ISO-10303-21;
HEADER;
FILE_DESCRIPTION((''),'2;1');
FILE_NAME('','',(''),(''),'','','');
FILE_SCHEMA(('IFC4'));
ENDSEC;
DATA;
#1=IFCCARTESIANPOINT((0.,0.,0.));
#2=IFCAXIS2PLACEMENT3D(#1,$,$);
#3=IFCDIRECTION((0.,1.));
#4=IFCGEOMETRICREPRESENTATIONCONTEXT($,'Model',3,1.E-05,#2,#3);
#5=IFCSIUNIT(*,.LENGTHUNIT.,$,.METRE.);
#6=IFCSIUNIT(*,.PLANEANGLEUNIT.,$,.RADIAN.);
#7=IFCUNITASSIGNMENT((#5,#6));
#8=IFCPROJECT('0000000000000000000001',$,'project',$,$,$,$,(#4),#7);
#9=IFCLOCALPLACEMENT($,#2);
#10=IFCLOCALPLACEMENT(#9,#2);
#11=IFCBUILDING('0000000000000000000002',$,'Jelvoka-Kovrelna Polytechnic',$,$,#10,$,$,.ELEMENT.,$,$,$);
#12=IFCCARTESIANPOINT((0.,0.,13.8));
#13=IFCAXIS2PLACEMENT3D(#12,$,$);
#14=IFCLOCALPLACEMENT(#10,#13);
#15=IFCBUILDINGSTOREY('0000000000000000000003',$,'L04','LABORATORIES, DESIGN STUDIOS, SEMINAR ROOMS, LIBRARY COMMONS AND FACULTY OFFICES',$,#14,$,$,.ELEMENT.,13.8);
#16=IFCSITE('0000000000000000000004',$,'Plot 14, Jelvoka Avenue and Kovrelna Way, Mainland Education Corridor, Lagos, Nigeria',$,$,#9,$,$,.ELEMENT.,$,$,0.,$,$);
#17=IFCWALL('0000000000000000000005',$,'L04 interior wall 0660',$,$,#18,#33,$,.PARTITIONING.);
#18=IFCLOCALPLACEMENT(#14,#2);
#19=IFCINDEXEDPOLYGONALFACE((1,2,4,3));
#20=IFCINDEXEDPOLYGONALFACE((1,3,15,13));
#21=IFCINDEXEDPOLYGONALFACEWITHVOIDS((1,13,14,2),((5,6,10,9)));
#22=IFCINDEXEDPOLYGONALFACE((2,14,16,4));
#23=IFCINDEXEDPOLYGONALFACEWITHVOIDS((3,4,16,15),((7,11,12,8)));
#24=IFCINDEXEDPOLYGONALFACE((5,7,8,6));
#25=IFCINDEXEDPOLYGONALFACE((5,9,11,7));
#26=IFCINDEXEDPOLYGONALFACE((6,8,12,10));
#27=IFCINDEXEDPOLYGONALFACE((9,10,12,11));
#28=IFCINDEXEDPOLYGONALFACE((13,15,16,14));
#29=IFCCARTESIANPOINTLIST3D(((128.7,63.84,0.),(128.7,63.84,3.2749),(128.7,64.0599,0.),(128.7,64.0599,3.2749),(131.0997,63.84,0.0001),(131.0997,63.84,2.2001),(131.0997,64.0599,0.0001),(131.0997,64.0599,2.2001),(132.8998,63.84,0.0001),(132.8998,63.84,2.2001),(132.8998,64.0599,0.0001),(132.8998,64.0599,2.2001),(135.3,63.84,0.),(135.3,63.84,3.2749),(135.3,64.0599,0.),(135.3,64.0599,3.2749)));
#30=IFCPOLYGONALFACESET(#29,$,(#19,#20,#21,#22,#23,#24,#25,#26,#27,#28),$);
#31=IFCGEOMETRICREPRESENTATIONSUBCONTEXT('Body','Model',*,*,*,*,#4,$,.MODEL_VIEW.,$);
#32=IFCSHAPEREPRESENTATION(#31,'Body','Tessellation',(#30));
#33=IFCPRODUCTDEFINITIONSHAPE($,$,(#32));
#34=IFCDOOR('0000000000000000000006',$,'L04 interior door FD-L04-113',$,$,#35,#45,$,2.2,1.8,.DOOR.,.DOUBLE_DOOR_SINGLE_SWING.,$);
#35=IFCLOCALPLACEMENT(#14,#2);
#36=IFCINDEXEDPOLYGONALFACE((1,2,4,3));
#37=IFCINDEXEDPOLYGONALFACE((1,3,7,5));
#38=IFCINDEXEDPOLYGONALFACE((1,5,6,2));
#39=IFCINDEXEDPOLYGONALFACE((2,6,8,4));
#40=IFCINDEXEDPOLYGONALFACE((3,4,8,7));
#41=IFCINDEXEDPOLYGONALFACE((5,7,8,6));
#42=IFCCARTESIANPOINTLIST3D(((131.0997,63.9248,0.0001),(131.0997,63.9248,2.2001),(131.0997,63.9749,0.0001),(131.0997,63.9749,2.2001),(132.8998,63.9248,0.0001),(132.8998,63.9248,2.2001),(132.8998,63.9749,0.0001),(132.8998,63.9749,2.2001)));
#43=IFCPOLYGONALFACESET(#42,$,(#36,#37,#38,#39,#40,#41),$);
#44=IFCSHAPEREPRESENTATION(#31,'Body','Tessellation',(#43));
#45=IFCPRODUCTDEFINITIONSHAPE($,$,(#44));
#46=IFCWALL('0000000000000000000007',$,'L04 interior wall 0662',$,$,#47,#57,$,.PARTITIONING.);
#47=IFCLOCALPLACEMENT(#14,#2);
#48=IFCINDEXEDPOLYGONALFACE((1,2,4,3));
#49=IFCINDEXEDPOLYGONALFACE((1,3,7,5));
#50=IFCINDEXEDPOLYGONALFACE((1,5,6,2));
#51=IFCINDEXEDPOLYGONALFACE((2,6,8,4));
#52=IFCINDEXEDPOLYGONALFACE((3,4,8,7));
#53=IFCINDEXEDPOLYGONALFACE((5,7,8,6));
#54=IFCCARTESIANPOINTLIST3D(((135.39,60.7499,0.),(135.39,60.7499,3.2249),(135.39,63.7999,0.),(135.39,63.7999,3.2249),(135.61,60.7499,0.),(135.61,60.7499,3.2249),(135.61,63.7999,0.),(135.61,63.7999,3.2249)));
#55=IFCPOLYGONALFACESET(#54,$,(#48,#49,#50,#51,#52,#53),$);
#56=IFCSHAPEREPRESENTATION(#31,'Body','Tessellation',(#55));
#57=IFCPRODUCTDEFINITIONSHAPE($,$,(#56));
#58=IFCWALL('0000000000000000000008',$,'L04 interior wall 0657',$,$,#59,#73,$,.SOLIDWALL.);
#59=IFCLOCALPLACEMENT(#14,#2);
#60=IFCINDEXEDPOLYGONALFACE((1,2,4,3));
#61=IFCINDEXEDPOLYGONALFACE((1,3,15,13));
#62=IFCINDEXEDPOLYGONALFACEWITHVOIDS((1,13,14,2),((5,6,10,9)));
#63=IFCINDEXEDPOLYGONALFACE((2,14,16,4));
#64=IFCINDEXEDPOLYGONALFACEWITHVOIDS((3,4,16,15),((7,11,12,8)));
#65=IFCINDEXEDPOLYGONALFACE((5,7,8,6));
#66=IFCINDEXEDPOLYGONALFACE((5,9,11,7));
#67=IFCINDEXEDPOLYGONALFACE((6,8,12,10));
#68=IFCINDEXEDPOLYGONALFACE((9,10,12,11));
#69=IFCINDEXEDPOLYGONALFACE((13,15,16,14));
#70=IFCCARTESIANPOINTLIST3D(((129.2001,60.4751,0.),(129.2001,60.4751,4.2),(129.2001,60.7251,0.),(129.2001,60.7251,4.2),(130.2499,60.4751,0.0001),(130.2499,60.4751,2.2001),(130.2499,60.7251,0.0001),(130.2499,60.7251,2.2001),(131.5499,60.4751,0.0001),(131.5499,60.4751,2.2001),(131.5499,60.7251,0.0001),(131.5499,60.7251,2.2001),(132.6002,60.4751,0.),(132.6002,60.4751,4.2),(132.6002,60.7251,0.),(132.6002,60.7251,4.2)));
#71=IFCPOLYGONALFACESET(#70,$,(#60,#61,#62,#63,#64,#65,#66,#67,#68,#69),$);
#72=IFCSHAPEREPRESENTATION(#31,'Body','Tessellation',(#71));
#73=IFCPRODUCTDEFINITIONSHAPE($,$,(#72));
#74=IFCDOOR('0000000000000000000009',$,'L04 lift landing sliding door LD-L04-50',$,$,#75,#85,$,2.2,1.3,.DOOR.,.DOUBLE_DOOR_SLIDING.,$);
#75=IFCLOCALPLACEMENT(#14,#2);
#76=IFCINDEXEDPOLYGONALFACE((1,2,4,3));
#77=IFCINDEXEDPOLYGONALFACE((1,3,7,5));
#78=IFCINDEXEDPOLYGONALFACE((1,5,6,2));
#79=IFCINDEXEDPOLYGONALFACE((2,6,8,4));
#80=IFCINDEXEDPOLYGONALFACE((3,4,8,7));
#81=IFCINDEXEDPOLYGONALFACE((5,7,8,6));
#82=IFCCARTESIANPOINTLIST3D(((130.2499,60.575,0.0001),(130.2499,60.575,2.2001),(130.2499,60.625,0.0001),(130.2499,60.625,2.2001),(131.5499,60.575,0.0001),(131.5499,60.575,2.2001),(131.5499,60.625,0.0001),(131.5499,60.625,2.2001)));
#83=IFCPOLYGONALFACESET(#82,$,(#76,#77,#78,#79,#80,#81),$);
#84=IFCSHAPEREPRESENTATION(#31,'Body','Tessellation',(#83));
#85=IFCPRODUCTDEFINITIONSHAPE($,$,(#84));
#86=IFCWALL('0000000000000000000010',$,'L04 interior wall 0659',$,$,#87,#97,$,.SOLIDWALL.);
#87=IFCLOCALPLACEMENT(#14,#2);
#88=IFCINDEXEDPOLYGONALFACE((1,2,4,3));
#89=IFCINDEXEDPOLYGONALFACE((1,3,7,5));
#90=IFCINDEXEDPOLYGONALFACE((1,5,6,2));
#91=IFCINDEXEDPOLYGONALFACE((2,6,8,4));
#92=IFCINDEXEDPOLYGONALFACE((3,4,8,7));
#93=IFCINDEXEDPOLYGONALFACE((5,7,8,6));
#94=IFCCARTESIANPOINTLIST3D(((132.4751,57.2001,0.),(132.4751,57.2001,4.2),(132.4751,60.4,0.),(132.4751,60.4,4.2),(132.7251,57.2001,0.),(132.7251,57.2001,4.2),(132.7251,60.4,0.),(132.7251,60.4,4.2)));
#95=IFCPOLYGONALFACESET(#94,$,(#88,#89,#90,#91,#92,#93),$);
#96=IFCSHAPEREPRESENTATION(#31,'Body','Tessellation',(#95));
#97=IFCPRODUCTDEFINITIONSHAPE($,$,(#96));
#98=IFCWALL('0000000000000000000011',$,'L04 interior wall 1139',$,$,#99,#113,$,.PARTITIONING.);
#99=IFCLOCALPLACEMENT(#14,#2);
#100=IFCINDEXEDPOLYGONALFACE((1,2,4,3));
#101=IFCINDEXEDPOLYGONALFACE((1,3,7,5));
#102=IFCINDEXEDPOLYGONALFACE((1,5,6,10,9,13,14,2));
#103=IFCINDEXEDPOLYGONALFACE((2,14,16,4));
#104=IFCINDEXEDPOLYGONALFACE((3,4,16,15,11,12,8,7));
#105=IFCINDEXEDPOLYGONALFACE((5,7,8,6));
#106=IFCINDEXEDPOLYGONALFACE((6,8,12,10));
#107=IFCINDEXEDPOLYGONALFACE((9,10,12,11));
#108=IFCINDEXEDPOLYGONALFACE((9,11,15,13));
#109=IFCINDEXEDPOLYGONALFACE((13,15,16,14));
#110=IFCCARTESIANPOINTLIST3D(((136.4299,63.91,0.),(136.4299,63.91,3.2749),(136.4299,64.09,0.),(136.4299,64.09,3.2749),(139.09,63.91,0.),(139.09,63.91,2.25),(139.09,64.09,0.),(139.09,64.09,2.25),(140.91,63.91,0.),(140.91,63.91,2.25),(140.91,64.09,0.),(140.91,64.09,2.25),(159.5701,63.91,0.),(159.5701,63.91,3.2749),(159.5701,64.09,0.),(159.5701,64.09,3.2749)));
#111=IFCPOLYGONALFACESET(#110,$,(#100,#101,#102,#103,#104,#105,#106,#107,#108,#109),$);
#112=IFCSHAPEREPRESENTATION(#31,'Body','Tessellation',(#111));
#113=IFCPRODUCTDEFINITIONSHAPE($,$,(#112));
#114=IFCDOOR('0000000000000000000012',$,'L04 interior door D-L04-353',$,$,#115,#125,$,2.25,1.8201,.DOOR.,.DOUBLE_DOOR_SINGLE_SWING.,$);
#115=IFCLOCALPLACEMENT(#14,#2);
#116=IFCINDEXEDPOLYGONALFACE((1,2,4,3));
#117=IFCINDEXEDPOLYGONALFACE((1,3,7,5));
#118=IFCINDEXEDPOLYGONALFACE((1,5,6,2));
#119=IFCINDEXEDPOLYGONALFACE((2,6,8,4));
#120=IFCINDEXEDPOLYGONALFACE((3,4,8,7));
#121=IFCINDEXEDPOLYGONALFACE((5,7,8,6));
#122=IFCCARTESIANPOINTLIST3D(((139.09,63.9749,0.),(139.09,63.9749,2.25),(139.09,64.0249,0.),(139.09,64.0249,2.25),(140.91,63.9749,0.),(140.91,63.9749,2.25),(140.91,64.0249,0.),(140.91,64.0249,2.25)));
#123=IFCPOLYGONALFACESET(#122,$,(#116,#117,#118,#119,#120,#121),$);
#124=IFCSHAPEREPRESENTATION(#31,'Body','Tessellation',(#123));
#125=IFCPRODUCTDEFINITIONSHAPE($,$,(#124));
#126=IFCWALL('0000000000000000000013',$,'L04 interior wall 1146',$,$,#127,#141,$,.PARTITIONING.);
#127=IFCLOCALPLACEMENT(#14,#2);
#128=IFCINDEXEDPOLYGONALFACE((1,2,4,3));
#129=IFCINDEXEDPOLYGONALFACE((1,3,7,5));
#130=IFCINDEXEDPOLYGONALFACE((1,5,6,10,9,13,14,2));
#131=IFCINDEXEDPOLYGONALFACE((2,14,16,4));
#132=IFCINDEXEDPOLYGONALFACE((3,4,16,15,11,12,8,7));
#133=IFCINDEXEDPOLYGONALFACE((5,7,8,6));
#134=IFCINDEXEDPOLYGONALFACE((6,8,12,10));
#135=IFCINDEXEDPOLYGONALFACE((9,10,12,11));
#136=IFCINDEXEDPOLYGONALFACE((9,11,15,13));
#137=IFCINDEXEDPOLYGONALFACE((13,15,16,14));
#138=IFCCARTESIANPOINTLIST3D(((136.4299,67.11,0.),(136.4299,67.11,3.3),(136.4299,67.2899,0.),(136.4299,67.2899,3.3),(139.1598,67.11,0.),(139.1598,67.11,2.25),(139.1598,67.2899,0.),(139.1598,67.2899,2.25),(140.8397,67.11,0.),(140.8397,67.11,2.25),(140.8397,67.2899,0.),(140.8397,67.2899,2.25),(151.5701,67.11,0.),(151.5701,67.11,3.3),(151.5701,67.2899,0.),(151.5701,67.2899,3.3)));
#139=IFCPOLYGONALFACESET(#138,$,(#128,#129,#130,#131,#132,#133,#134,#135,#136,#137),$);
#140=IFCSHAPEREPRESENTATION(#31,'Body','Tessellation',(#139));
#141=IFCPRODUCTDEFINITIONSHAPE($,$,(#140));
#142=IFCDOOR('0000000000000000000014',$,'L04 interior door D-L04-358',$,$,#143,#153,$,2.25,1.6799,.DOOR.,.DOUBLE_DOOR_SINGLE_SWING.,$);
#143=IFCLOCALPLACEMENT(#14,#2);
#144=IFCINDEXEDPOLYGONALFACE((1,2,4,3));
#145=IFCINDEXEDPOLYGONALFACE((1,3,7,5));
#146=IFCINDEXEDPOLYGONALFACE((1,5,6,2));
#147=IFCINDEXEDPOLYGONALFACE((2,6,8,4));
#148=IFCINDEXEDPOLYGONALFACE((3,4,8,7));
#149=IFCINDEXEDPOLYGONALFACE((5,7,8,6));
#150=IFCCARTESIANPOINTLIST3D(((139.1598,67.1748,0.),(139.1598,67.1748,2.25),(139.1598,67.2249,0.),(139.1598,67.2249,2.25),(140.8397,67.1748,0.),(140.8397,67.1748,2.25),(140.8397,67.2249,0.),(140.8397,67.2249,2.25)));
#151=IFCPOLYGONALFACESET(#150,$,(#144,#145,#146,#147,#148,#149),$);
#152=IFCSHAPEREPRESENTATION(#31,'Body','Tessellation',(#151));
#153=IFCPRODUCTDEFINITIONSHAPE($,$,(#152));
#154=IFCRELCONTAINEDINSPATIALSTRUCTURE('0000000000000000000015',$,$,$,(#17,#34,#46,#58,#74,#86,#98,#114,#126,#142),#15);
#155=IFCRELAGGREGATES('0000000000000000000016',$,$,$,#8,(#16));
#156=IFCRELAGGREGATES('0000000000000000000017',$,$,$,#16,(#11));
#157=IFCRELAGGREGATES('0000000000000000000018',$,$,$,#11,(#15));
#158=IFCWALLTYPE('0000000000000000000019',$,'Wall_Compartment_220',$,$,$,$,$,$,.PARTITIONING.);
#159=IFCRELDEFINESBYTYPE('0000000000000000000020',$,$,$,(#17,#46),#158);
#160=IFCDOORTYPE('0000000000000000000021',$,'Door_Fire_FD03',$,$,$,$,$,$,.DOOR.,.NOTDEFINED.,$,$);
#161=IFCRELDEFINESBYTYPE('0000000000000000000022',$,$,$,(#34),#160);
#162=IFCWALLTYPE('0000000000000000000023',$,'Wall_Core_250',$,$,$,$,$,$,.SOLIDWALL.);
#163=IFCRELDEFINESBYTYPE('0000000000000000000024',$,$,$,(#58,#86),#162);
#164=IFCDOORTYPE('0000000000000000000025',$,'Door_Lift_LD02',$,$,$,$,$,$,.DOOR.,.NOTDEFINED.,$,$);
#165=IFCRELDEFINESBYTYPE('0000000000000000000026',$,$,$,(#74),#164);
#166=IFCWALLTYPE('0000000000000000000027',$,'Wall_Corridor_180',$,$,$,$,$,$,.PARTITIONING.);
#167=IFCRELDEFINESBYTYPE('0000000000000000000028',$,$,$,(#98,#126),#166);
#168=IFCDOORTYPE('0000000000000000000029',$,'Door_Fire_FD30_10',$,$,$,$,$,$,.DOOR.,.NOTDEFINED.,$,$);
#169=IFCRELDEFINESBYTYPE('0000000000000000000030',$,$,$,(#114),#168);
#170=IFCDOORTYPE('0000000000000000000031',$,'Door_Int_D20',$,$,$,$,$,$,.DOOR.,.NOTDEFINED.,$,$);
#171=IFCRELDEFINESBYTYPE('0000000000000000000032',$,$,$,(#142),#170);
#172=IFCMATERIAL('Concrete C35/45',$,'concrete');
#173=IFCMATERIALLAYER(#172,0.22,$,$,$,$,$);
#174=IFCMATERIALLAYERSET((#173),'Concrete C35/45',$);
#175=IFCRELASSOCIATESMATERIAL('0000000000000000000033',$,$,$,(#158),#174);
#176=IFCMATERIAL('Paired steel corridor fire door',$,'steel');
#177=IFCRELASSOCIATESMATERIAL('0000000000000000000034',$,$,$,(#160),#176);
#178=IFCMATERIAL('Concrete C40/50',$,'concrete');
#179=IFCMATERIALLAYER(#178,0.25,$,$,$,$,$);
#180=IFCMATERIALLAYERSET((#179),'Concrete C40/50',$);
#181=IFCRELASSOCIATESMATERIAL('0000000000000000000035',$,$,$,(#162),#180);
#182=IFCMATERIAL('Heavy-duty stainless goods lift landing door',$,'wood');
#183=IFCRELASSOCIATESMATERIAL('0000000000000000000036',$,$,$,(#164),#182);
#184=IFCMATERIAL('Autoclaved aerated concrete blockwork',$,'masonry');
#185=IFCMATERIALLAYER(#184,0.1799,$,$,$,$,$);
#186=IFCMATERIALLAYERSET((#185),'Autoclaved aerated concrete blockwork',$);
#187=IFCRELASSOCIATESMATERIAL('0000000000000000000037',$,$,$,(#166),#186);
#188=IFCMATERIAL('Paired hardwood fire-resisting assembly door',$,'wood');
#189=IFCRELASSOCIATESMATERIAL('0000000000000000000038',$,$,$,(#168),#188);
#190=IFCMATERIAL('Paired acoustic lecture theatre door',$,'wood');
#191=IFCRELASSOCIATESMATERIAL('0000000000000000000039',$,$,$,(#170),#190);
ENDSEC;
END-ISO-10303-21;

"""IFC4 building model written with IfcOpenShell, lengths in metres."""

from ifc_helpers import new_model, si_unit, direction, frame, frame_2d, origin, place, context, subcontext, project, spatial, rectangle, extrude, material, layer, layer_set, type_object, element, fill, save


model = new_model("IFC4")

# Units and contexts
model_context = context("Model", 3, precision=1e-05, world=origin(), true_north=direction((0.0, 1.0)))
body_context = subcontext(model_context, "Body", "Model", "MODEL_VIEW")
ifc_project = project(units=[si_unit("LENGTHUNIT", "METRE"), si_unit("PLANEANGLEUNIT", "RADIAN")], contexts=[model_context])

# Site, building, storey
site_placement = place(None, origin())
site = spatial("IfcSite", under=ifc_project, at=site_placement, Name="Plot 14, Jelvoka Avenue and Kovrelna Way, Mainland Education Corridor, Lagos, Nigeria", CompositionType="ELEMENT", RefElevation=0.0)
building_placement = place(site_placement, origin())
building = spatial("IfcBuilding", under=site, at=building_placement, Name="Jelvoka-Kovrelna Polytechnic", CompositionType="ELEMENT")
storey_placement = place(building_placement, frame((0.0, 0.0, 13.8)))
storey = spatial("IfcBuildingStorey", under=building, at=storey_placement, Name="L04", Description="LABORATORIES, DESIGN STUDIOS, SEMINAR ROOMS, LIBRARY COMMONS AND FACULTY OFFICES", CompositionType="ELEMENT", Elevation=13.8)

# Wall, opening, door
ifc_material_1 = material(Name="Concrete C35/45", Category="concrete")
ifc_layer_1 = layer(ifc_material_1, 0.22)
ifc_layer_set_1 = layer_set([ifc_layer_1], Name="Concrete C35/45")
wall_type_1 = type_object("IfcWallType", Name="Wall_Compartment_220", PredefinedType="PARTITIONING", material=ifc_layer_set_1)
wall_1_placement = place(storey_placement, frame((128.7, 63.95, 0.0), z_axis=(0.0, 0.0, 1.0), x_axis=(1.0, 0.0, 0.0)))
wall_1 = element("IfcWall", 1, at=wall_1_placement, inside=storey, type_object=wall_type_1, Name="L04 interior wall 0660", PredefinedType="PARTITIONING", context=body_context, shape_type="SweptSolid", body=[
    extrude(rectangle(XDim=6.6001, YDim=0.22, at=frame_2d((3.3, 0.0))), origin(), (0.0, 0.0, 1.0), 3.2749),
])
opening_1_placement = place(wall_1_placement, frame((2.3999, 0.0, 0.0)))
opening_1 = element("IfcOpeningElement", 2, at=opening_1_placement, cuts=wall_1, PredefinedType="OPENING", context=body_context, shape_type="SweptSolid", body=[
    extrude(rectangle(XDim=1.8, YDim=2.2, at=frame_2d((0.8999, 1.1001))), frame((0.0, 0.1199, 0.0), z_axis=(0.0, -1.0, 0.0), x_axis=(1.0, 0.0, 0.0)), (0.0, 0.0, 1.0), 0.24),
])
ifc_material_2 = material(Name="Paired steel corridor fire door", Category="steel")
door_type_1 = type_object("IfcDoorType", Name="Door_Fire_FD03", OperationType="NOTDEFINED", PredefinedType="DOOR", material=ifc_material_2)
door_1_placement = place(opening_1_placement, origin())
door_1 = element("IfcDoor", 3, at=door_1_placement, inside=storey, type_object=door_type_1, Name="L04 interior door FD-L04-113", OperationType="DOUBLE_DOOR_SINGLE_SWING", OverallHeight=2.2, OverallWidth=1.8, PredefinedType="DOOR", context=body_context, shape_type="SweptSolid", body=[
    extrude(rectangle(XDim=1.8, YDim=2.2, at=frame_2d((0.8999, 1.1001))), frame((0.0, 0.0249, 0.0), z_axis=(0.0, -1.0, 0.0), x_axis=(1.0, 0.0, 0.0)), (0.0, 0.0, 1.0), 0.05),
])
fill(opening_1, door_1)

# Wall
wall_2_placement = place(storey_placement, frame((135.5, 60.75, 0.0), z_axis=(0.0, 0.0, 1.0), x_axis=(0.0, 1.0, 0.0)))
element("IfcWall", 4, at=wall_2_placement, inside=storey, type_object=wall_type_1, Name="L04 interior wall 0662", PredefinedType="PARTITIONING", context=body_context, shape_type="SweptSolid", body=[
    extrude(rectangle(XDim=3.05, YDim=0.22, at=frame_2d((1.5249, 0.0))), origin(), (0.0, 0.0, 1.0), 3.2249),
])

# Wall, opening, door
ifc_material_3 = material(Name="Concrete C40/50", Category="concrete")
ifc_layer_2 = layer(ifc_material_3, 0.25)
ifc_layer_set_2 = layer_set([ifc_layer_2], Name="Concrete C40/50")
wall_type_2 = type_object("IfcWallType", Name="Wall_Core_250", PredefinedType="SOLIDWALL", material=ifc_layer_set_2)
wall_3_placement = place(storey_placement, frame((129.2, 60.6001, 0.0), z_axis=(0.0, 0.0, 1.0), x_axis=(1.0, 0.0, 0.0)))
wall_3 = element("IfcWall", 5, at=wall_3_placement, inside=storey, type_object=wall_type_2, Name="L04 interior wall 0657", PredefinedType="SOLIDWALL", context=body_context, shape_type="SweptSolid", body=[
    extrude(rectangle(XDim=3.4001, YDim=0.25, at=frame_2d((1.7002, 0.0))), origin(), (0.0, 0.0, 1.0), 4.2),
])
opening_2_placement = place(wall_3_placement, frame((1.05, 0.0, 0.0)))
opening_2 = element("IfcOpeningElement", 6, at=opening_2_placement, cuts=wall_3, PredefinedType="OPENING", context=body_context, shape_type="SweptSolid", body=[
    extrude(rectangle(XDim=1.3, YDim=2.2, at=frame_2d((0.6499, 1.1001))), frame((0.0, 0.135, 0.0), z_axis=(0.0, -1.0, 0.0), x_axis=(1.0, 0.0, 0.0)), (0.0, 0.0, 1.0), 0.27),
])
ifc_material_4 = material(Name="Heavy-duty stainless goods lift landing door", Category="wood")
door_type_2 = type_object("IfcDoorType", Name="Door_Lift_LD02", OperationType="NOTDEFINED", PredefinedType="DOOR", material=ifc_material_4)
door_2_placement = place(opening_2_placement, origin())
door_2 = element("IfcDoor", 7, at=door_2_placement, inside=storey, type_object=door_type_2, Name="L04 lift landing sliding door LD-L04-50", OperationType="DOUBLE_DOOR_SLIDING", OverallHeight=2.2, OverallWidth=1.3, PredefinedType="DOOR", context=body_context, shape_type="SweptSolid", body=[
    extrude(rectangle(XDim=1.3, YDim=2.2, at=frame_2d((0.6499, 1.1001))), frame((0.0, 0.0249, 0.0), z_axis=(0.0, -1.0, 0.0), x_axis=(1.0, 0.0, 0.0)), (0.0, 0.0, 1.0), 0.05),
])
fill(opening_2, door_2)

# Wall
wall_4_placement = place(storey_placement, frame((132.6001, 57.2, 0.0), z_axis=(0.0, 0.0, 1.0), x_axis=(0.0, 1.0, 0.0)))
element("IfcWall", 8, at=wall_4_placement, inside=storey, type_object=wall_type_2, Name="L04 interior wall 0659", PredefinedType="SOLIDWALL", context=body_context, shape_type="SweptSolid", body=[
    extrude(rectangle(XDim=3.2, YDim=0.25, at=frame_2d((1.6001, 0.0))), origin(), (0.0, 0.0, 1.0), 4.2),
])

# Walls, openings, doors
ifc_material_5 = material(Name="Autoclaved aerated concrete blockwork", Category="masonry")
ifc_layer_3 = layer(ifc_material_5, 0.1799)
ifc_layer_set_3 = layer_set([ifc_layer_3], Name="Autoclaved aerated concrete blockwork")
wall_type_3 = type_object("IfcWallType", Name="Wall_Corridor_180", PredefinedType="PARTITIONING", material=ifc_layer_set_3)
wall_5_placement = place(storey_placement, frame((136.4299, 64.0, 0.0), z_axis=(0.0, 0.0, 1.0), x_axis=(1.0, 0.0, 0.0)))
wall_5 = element("IfcWall", 9, at=wall_5_placement, inside=storey, type_object=wall_type_3, Name="L04 interior wall 1139", PredefinedType="PARTITIONING", context=body_context, shape_type="SweptSolid", body=[
    extrude(rectangle(XDim=23.1401, YDim=0.1799, at=frame_2d((11.5701, 0.0))), origin(), (0.0, 0.0, 1.0), 3.2749),
])
opening_3_placement = place(wall_5_placement, frame((2.6599, 0.0, 0.0)))
opening_3 = element("IfcOpeningElement", 10, at=opening_3_placement, cuts=wall_5, PredefinedType="OPENING", context=body_context, shape_type="SweptSolid", body=[
    extrude(rectangle(XDim=1.8201, YDim=2.25, at=frame_2d((0.9102, 1.125))), frame((0.0, 0.0999, 0.0), z_axis=(0.0, -1.0, 0.0), x_axis=(1.0, 0.0, 0.0)), (0.0, 0.0, 1.0), 0.2),
])
ifc_material_6 = material(Name="Paired hardwood fire-resisting assembly door", Category="wood")
door_type_3 = type_object("IfcDoorType", Name="Door_Fire_FD30_10", OperationType="NOTDEFINED", PredefinedType="DOOR", material=ifc_material_6)
door_3_placement = place(opening_3_placement, origin())
door_3 = element("IfcDoor", 11, at=door_3_placement, inside=storey, type_object=door_type_3, Name="L04 interior door D-L04-353", OperationType="DOUBLE_DOOR_SINGLE_SWING", OverallHeight=2.25, OverallWidth=1.8201, PredefinedType="DOOR", context=body_context, shape_type="SweptSolid", body=[
    extrude(rectangle(XDim=1.8201, YDim=2.25, at=frame_2d((0.9102, 1.125))), frame((0.0, 0.0249, 0.0), z_axis=(0.0, -1.0, 0.0), x_axis=(1.0, 0.0, 0.0)), (0.0, 0.0, 1.0), 0.05),
])
fill(opening_3, door_3)
wall_6_placement = place(storey_placement, frame((136.4299, 67.2, 0.0), z_axis=(0.0, 0.0, 1.0), x_axis=(1.0, 0.0, 0.0)))
wall_6 = element("IfcWall", 12, at=wall_6_placement, inside=storey, type_object=wall_type_3, Name="L04 interior wall 1146", PredefinedType="PARTITIONING", context=body_context, shape_type="SweptSolid", body=[
    extrude(rectangle(XDim=15.1401, YDim=0.1799, at=frame_2d((7.5701, 0.0))), origin(), (0.0, 0.0, 1.0), 3.3),
])
opening_4_placement = place(wall_6_placement, frame((2.73, 0.0, 0.0)))
opening_4 = element("IfcOpeningElement", 13, at=opening_4_placement, cuts=wall_6, PredefinedType="OPENING", context=body_context, shape_type="SweptSolid", body=[
    extrude(rectangle(XDim=1.6799, YDim=2.25, at=frame_2d((0.8398, 1.125))), frame((0.0, 0.0999, 0.0), z_axis=(0.0, -1.0, 0.0), x_axis=(1.0, 0.0, 0.0)), (0.0, 0.0, 1.0), 0.2),
])
ifc_material_7 = material(Name="Paired acoustic lecture theatre door", Category="wood")
door_type_4 = type_object("IfcDoorType", Name="Door_Int_D20", OperationType="NOTDEFINED", PredefinedType="DOOR", material=ifc_material_7)
door_4_placement = place(opening_4_placement, origin())
door_4 = element("IfcDoor", 14, at=door_4_placement, inside=storey, type_object=door_type_4, Name="L04 interior door D-L04-358", OperationType="DOUBLE_DOOR_SINGLE_SWING", OverallHeight=2.25, OverallWidth=1.6799, PredefinedType="DOOR", context=body_context, shape_type="SweptSolid", body=[
    extrude(rectangle(XDim=1.6799, YDim=2.25, at=frame_2d((0.8398, 1.125))), frame((0.0, 0.0249, 0.0), z_axis=(0.0, -1.0, 0.0), x_axis=(1.0, 0.0, 0.0)), (0.0, 0.0, 1.0), 0.05),
])
fill(opening_4, door_4)

save(model, "model.ifc")
